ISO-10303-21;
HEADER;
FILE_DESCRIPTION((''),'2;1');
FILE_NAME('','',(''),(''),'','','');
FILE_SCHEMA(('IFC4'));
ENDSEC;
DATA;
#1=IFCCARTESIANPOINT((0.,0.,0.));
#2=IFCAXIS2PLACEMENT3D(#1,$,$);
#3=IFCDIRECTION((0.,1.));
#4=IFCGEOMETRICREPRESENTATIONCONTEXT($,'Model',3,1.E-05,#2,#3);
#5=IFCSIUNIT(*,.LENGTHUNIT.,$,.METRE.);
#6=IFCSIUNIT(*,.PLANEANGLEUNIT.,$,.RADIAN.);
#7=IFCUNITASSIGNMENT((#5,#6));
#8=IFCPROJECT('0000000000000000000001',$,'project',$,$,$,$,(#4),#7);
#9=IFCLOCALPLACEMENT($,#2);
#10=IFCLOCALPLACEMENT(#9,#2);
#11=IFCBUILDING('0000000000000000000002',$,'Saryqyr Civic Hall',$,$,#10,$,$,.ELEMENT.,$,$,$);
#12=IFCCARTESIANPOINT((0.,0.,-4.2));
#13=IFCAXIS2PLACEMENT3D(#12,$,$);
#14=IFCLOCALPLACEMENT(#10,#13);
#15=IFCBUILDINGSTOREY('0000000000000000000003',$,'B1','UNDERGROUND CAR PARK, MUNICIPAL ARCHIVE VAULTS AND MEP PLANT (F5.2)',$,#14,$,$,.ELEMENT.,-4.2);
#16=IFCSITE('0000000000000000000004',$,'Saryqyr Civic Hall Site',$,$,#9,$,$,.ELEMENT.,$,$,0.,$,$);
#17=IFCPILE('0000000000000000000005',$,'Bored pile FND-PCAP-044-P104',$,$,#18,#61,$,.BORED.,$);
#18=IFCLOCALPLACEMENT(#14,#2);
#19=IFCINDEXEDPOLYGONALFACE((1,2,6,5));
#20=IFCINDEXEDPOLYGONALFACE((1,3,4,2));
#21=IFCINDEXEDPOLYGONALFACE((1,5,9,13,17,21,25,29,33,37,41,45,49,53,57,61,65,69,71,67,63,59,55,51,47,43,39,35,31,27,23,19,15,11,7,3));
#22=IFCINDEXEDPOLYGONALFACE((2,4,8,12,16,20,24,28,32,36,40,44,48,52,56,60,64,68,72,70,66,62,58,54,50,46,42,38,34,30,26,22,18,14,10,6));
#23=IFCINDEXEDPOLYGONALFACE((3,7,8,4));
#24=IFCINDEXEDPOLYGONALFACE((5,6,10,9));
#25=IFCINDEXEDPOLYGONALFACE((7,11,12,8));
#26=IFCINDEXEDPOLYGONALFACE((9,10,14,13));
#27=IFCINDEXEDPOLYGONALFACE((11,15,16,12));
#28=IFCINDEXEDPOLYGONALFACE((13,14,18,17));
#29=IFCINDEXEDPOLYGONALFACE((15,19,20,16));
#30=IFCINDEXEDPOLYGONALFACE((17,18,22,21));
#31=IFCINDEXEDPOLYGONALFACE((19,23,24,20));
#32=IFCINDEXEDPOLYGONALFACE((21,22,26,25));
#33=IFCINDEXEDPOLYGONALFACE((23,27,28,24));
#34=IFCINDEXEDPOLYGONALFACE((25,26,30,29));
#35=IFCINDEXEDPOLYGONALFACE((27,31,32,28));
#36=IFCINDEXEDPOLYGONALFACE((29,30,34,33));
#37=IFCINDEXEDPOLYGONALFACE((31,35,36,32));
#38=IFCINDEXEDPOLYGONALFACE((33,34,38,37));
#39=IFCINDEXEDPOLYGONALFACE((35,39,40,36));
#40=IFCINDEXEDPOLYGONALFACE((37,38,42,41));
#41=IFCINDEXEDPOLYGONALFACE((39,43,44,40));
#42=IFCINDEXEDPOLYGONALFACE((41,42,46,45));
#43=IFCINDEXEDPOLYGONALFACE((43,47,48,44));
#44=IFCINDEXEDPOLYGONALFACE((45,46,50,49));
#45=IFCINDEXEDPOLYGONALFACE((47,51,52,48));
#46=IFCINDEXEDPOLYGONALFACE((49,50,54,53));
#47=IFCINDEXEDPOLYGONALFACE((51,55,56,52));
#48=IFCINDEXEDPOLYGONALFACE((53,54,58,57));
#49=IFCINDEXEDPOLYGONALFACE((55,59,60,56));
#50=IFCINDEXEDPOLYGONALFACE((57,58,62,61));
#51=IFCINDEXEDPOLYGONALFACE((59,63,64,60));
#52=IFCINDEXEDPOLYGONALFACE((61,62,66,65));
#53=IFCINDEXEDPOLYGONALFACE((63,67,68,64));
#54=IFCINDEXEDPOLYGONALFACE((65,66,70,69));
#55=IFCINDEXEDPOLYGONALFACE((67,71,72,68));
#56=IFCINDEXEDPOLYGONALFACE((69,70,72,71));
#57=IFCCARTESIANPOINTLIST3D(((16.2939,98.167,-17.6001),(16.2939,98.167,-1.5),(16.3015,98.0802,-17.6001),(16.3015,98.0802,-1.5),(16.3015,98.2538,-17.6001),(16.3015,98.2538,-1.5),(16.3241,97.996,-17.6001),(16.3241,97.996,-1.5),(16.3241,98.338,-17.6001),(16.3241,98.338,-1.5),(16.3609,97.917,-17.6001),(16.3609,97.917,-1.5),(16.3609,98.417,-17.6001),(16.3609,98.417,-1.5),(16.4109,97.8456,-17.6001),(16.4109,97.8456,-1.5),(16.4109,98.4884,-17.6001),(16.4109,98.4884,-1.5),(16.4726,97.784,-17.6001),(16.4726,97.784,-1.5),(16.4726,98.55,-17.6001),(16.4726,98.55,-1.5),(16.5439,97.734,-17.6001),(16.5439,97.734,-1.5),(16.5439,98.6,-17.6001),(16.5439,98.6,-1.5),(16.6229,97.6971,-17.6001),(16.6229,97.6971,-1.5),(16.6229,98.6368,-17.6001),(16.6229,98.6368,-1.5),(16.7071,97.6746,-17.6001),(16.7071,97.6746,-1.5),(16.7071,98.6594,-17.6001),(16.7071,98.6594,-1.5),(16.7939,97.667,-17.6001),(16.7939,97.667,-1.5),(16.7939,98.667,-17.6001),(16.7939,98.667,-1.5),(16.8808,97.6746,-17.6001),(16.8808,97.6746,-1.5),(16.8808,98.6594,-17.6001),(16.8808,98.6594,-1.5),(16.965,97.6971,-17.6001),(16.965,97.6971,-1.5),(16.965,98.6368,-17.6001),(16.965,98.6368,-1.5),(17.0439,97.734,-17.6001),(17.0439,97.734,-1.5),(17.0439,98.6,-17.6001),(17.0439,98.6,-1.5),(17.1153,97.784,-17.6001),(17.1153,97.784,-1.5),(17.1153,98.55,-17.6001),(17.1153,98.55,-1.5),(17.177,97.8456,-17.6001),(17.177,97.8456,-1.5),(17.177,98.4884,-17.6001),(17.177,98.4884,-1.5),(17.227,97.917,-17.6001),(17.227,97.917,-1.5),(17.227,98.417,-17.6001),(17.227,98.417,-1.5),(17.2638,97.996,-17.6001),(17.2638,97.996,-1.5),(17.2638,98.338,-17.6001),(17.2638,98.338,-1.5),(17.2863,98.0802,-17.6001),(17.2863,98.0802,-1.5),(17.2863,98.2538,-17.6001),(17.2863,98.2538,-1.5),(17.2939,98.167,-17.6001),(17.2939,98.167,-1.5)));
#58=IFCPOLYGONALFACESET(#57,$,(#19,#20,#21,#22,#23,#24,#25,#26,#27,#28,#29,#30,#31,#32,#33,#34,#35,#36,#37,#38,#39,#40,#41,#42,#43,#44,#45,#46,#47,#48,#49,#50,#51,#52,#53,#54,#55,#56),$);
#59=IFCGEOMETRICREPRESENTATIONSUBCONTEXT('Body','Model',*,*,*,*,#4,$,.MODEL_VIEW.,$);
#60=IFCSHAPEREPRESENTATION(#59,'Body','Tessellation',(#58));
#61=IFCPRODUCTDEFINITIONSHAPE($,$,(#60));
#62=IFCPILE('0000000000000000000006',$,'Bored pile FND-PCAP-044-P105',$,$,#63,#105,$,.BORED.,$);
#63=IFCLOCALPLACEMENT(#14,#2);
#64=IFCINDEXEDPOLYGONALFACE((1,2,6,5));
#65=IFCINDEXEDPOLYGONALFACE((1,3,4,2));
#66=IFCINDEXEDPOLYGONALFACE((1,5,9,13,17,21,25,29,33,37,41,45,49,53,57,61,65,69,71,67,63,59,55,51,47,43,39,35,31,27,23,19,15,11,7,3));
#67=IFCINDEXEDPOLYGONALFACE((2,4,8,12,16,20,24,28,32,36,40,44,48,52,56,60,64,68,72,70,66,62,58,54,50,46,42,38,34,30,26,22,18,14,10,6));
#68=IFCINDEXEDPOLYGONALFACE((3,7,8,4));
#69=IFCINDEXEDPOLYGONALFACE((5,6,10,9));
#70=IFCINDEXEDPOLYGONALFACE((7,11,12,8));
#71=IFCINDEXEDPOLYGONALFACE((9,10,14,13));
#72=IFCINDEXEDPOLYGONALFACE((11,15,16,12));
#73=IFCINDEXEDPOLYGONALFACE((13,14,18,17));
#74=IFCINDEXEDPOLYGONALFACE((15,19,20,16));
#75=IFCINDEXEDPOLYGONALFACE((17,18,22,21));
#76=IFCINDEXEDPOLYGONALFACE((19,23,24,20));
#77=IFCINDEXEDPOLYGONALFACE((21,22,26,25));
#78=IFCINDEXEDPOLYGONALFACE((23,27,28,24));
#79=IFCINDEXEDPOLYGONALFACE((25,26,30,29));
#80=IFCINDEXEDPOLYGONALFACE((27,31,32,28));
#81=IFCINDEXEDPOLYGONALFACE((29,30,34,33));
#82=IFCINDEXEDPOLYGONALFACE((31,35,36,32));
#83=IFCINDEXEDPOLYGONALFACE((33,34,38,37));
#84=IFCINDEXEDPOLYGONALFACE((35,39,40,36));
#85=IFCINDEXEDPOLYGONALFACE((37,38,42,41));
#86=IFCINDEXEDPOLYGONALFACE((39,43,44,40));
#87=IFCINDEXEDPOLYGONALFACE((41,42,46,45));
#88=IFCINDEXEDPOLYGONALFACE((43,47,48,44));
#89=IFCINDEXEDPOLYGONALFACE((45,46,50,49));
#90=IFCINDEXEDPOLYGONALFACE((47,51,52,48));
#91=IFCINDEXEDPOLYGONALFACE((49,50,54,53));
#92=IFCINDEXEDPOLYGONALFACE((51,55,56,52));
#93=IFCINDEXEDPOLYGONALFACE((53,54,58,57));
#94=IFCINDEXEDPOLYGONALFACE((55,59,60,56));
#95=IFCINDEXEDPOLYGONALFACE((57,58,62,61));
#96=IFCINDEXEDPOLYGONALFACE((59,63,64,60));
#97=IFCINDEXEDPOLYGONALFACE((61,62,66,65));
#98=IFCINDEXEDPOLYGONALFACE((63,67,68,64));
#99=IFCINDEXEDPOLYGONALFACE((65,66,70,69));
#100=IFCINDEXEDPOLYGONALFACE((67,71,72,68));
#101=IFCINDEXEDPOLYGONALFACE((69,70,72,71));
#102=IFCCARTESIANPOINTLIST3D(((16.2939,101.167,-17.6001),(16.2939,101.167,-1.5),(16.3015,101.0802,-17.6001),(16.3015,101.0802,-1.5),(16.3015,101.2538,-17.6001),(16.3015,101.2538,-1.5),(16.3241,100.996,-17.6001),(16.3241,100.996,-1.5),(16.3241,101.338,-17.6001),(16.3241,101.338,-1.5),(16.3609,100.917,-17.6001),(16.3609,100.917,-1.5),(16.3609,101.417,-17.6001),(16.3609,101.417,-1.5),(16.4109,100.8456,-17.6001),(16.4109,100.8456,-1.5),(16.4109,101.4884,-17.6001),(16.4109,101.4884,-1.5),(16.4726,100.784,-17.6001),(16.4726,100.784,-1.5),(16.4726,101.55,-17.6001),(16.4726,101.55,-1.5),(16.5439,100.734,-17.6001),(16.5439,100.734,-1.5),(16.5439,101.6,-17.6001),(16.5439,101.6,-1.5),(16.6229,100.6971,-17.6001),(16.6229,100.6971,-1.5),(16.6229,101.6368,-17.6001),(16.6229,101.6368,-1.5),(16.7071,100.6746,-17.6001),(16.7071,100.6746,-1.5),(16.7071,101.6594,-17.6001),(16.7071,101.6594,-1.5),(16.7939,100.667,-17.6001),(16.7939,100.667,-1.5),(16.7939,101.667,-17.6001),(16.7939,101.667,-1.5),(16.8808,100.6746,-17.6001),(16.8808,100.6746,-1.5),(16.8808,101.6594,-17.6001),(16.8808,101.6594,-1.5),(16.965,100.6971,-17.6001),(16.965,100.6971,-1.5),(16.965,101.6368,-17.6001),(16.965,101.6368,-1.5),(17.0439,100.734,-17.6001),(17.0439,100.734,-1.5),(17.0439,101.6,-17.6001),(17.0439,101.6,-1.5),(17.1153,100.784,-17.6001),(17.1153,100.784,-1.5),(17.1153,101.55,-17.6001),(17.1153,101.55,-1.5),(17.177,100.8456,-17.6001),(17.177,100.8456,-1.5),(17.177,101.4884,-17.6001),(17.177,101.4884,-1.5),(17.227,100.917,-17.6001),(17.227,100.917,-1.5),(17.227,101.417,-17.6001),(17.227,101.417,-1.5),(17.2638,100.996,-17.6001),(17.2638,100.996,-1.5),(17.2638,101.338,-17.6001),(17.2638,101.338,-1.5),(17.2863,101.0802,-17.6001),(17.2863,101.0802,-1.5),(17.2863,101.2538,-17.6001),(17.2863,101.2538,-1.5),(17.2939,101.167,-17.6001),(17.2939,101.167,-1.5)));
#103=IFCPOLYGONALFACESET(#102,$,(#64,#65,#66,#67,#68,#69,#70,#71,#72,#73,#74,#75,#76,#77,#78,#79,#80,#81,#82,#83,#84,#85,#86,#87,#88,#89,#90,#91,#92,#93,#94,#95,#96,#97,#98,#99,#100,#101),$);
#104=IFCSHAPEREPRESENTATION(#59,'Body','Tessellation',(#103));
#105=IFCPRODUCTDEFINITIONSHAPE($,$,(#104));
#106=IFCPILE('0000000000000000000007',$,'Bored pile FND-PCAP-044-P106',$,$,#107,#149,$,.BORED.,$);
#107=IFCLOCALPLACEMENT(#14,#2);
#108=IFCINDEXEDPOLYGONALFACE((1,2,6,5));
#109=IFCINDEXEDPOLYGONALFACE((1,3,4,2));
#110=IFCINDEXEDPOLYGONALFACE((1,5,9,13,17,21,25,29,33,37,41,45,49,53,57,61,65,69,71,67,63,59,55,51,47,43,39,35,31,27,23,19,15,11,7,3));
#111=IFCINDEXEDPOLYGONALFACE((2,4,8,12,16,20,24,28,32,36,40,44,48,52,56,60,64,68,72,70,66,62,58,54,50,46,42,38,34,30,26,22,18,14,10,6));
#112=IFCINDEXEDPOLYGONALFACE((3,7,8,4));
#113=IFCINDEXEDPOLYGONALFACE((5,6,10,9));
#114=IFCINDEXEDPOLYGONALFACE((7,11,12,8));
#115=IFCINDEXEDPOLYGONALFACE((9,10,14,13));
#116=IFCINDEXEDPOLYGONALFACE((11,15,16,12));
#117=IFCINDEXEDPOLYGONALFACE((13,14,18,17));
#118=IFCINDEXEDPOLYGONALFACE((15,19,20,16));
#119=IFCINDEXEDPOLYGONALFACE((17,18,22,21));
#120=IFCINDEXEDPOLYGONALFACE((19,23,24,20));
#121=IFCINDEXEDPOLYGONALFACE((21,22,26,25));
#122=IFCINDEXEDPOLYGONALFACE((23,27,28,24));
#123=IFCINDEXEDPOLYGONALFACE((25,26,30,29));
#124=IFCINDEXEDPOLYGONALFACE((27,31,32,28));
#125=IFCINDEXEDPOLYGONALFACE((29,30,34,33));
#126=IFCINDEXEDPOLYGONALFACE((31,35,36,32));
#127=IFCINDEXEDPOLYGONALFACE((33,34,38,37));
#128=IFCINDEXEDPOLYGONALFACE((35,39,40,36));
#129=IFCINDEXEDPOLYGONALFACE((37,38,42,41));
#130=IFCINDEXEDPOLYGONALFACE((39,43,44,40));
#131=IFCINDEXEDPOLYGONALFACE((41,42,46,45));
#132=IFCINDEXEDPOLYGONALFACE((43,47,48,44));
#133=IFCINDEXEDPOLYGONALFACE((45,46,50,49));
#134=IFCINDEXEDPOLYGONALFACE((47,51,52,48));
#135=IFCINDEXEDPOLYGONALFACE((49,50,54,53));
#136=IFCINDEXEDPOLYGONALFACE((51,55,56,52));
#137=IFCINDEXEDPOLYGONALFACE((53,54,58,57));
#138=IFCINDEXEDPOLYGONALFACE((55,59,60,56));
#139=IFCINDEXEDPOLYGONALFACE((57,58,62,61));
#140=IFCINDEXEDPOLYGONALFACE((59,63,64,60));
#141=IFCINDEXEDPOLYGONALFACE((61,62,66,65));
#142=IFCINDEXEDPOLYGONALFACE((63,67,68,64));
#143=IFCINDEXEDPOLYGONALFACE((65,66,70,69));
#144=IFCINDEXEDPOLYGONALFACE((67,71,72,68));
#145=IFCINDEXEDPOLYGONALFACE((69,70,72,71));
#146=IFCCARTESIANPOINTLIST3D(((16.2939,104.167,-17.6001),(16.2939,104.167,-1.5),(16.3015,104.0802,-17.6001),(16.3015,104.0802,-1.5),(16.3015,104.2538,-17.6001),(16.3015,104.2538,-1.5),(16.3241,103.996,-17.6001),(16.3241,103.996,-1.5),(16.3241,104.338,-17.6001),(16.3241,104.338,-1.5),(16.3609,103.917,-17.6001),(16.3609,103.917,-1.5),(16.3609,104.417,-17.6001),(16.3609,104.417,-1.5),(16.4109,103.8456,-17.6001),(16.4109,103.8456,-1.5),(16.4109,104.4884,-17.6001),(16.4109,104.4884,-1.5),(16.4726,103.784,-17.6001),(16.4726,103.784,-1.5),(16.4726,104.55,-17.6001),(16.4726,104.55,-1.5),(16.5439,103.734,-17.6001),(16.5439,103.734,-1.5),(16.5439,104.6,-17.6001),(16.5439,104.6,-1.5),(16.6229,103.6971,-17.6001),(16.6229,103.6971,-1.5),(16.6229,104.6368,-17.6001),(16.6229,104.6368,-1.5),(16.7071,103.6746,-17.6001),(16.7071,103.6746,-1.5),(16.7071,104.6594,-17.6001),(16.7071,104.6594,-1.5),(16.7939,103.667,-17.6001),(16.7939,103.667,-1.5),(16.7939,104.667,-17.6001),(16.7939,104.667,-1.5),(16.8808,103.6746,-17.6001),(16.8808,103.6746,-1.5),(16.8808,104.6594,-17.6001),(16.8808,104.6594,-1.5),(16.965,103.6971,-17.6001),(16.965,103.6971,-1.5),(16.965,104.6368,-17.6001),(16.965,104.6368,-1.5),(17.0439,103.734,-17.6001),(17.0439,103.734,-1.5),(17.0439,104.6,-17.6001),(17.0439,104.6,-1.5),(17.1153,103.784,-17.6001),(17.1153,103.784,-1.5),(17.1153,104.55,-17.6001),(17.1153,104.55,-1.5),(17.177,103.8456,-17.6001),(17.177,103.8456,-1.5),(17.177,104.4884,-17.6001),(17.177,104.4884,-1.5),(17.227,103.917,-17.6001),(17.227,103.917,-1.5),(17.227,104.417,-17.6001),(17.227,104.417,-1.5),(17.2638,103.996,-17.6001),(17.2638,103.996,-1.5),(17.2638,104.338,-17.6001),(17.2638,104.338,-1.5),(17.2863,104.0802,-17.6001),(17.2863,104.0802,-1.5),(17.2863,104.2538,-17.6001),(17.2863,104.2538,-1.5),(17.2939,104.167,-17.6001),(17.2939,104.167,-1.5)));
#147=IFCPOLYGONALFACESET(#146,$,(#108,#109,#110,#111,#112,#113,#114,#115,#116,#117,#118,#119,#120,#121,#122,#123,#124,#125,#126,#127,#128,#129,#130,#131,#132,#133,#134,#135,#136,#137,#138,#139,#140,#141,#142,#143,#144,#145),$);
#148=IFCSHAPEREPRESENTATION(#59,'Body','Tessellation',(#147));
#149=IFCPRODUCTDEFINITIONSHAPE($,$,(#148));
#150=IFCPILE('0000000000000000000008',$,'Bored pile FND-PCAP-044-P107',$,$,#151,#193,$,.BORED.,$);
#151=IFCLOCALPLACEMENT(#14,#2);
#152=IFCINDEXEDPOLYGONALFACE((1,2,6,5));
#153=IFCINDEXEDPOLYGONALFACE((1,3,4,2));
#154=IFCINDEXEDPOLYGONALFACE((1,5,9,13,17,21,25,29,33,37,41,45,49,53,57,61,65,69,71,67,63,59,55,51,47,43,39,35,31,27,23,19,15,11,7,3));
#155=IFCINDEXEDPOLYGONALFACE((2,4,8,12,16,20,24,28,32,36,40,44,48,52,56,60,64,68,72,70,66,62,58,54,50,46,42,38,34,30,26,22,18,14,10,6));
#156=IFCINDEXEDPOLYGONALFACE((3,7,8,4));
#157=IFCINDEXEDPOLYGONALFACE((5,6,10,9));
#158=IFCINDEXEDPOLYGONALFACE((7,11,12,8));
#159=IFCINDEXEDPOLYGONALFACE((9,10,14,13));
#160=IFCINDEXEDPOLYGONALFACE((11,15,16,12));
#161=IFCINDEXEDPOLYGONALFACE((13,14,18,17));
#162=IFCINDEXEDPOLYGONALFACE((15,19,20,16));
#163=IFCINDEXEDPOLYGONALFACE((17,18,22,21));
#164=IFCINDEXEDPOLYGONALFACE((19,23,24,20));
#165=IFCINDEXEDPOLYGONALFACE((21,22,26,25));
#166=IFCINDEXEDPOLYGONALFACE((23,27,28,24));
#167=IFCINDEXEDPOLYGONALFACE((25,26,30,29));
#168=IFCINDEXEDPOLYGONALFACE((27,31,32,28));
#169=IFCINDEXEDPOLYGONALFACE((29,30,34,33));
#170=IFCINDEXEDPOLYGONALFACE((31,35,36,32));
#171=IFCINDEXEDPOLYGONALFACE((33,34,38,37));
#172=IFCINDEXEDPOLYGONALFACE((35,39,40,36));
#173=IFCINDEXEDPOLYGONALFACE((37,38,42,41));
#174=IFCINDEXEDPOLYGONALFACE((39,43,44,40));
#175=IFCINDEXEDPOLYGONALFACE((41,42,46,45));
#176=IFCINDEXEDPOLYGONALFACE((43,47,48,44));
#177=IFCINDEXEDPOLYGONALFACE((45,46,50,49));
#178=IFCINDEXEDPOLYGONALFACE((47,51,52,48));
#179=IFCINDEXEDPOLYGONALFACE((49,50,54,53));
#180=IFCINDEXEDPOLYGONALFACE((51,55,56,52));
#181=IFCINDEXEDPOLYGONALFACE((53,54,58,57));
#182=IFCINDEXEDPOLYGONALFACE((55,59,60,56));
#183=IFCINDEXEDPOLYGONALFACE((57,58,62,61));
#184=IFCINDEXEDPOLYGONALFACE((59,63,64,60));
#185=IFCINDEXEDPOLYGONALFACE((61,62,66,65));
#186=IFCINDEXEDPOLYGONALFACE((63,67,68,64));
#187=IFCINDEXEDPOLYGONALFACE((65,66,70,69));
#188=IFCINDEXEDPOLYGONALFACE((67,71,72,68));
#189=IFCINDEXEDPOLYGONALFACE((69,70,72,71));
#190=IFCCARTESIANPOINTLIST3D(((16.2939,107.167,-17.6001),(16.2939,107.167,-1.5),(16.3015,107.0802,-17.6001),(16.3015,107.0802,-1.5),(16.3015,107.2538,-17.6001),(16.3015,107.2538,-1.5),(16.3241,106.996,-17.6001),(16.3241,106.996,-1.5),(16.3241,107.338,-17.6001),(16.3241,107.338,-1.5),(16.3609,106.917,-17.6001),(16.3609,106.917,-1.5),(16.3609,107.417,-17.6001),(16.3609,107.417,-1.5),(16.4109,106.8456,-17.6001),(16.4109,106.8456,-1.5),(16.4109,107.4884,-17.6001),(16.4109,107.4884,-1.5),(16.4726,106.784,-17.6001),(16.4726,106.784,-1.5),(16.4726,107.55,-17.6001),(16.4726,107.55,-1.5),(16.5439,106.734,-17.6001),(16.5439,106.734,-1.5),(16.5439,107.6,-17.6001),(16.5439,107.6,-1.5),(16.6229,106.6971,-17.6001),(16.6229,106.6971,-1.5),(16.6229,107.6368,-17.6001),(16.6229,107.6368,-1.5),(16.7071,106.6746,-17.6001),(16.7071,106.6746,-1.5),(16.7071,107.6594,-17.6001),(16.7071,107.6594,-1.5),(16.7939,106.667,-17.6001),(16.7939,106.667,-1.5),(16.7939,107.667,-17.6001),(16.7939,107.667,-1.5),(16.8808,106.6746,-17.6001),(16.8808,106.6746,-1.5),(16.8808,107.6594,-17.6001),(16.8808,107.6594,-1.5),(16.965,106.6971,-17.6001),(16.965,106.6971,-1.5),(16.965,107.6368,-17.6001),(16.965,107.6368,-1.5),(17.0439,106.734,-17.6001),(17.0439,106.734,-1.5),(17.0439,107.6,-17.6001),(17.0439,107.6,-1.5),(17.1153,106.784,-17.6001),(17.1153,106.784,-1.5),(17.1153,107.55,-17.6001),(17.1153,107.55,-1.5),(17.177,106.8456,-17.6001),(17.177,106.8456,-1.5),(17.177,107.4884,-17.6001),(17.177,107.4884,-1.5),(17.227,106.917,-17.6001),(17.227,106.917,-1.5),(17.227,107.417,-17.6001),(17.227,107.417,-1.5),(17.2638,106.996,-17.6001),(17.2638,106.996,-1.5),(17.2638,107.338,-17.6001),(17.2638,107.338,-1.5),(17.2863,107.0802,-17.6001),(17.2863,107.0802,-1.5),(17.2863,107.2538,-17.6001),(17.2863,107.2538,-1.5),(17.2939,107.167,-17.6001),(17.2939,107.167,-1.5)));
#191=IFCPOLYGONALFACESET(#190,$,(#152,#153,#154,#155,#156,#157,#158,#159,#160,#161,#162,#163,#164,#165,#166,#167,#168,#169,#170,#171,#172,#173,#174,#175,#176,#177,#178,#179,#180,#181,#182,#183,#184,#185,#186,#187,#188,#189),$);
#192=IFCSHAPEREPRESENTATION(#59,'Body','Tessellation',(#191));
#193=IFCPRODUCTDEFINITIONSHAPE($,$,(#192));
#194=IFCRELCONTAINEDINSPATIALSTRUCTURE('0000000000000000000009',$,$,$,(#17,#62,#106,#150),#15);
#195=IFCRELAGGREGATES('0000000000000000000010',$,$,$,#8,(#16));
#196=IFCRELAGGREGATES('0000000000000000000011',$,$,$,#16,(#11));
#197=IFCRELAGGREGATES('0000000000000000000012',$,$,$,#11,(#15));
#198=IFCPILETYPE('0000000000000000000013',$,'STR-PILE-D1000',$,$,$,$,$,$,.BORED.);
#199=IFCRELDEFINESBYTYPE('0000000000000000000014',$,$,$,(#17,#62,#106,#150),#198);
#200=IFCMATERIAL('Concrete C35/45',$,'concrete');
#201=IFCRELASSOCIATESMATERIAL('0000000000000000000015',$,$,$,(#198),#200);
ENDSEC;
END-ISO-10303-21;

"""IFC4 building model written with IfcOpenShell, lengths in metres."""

from ifc_helpers import new_model, si_unit, direction, frame, origin, origin_2d, place, context, subcontext, project, spatial, circle, extrude, material, material_profile, profile_set, type_object, element, save


model = new_model("IFC4")

# Units and contexts
model_context = context("Model", 3, precision=1e-05, world=origin(), true_north=direction((0.0, 1.0)))
body_context = subcontext(model_context, "Body", "Model", "MODEL_VIEW")
ifc_project = project(units=[si_unit("LENGTHUNIT", "METRE"), si_unit("PLANEANGLEUNIT", "RADIAN")], contexts=[model_context])

# Site, building, storey
site_placement = place(None, origin())
site = spatial("IfcSite", under=ifc_project, at=site_placement, Name="Saryqyr Civic Hall Site", CompositionType="ELEMENT", RefElevation=0.0)
building_placement = place(site_placement, origin())
building = spatial("IfcBuilding", under=site, at=building_placement, Name="Saryqyr Civic Hall", CompositionType="ELEMENT")
storey_placement = place(building_placement, frame((0.0, 0.0, -4.2)))
storey = spatial("IfcBuildingStorey", under=building, at=storey_placement, Name="B1", Description="UNDERGROUND CAR PARK, MUNICIPAL ARCHIVE VAULTS AND MEP PLANT (F5.2)", CompositionType="ELEMENT", Elevation=-4.2)

# Piles
ifc_material_1 = material(Name="Concrete C35/45", Category="concrete")
ifc_material_profile_1 = material_profile(ifc_material_1, circle(Radius=0.5, at=origin_2d()), Name="BORED PILE D1000")
ifc_profile_set_1 = profile_set([ifc_material_profile_1], Name="Concrete C35/45")
pile_type = type_object("IfcPileType", Name="STR-PILE-D1000", PredefinedType="BORED", material=ifc_profile_set_1)
for number, where, z_axis, x_axis, name in (
    (1, (16.7939, 98.167, -1.5), (0.0, 0.0, -1.0), (1.0, 0.0, 0.0), "Bored pile FND-PCAP-044-P104"),
    (2, (16.7939, 101.167, -1.5), (0.0, 0.0, -1.0), (1.0, 0.0, 0.0), "Bored pile FND-PCAP-044-P105"),
    (3, (16.7939, 104.167, -1.5), (0.0, 0.0, -1.0), (1.0, 0.0, 0.0), "Bored pile FND-PCAP-044-P106"),
    (4, (16.7939, 107.167, -1.5), (0.0, 0.0, -1.0), (1.0, 0.0, 0.0), "Bored pile FND-PCAP-044-P107"),
):
    element("IfcPile", number, at=place(storey_placement, frame(where, z_axis=z_axis, x_axis=x_axis)), inside=storey, type_object=pile_type, Name=name, PredefinedType="BORED", context=body_context, shape_type="SweptSolid", body=[
        extrude(circle(Radius=0.5, at=origin_2d()), origin(), (0.0, 0.0, 1.0), 16.1001),
    ])

save(model, "model.ifc")
